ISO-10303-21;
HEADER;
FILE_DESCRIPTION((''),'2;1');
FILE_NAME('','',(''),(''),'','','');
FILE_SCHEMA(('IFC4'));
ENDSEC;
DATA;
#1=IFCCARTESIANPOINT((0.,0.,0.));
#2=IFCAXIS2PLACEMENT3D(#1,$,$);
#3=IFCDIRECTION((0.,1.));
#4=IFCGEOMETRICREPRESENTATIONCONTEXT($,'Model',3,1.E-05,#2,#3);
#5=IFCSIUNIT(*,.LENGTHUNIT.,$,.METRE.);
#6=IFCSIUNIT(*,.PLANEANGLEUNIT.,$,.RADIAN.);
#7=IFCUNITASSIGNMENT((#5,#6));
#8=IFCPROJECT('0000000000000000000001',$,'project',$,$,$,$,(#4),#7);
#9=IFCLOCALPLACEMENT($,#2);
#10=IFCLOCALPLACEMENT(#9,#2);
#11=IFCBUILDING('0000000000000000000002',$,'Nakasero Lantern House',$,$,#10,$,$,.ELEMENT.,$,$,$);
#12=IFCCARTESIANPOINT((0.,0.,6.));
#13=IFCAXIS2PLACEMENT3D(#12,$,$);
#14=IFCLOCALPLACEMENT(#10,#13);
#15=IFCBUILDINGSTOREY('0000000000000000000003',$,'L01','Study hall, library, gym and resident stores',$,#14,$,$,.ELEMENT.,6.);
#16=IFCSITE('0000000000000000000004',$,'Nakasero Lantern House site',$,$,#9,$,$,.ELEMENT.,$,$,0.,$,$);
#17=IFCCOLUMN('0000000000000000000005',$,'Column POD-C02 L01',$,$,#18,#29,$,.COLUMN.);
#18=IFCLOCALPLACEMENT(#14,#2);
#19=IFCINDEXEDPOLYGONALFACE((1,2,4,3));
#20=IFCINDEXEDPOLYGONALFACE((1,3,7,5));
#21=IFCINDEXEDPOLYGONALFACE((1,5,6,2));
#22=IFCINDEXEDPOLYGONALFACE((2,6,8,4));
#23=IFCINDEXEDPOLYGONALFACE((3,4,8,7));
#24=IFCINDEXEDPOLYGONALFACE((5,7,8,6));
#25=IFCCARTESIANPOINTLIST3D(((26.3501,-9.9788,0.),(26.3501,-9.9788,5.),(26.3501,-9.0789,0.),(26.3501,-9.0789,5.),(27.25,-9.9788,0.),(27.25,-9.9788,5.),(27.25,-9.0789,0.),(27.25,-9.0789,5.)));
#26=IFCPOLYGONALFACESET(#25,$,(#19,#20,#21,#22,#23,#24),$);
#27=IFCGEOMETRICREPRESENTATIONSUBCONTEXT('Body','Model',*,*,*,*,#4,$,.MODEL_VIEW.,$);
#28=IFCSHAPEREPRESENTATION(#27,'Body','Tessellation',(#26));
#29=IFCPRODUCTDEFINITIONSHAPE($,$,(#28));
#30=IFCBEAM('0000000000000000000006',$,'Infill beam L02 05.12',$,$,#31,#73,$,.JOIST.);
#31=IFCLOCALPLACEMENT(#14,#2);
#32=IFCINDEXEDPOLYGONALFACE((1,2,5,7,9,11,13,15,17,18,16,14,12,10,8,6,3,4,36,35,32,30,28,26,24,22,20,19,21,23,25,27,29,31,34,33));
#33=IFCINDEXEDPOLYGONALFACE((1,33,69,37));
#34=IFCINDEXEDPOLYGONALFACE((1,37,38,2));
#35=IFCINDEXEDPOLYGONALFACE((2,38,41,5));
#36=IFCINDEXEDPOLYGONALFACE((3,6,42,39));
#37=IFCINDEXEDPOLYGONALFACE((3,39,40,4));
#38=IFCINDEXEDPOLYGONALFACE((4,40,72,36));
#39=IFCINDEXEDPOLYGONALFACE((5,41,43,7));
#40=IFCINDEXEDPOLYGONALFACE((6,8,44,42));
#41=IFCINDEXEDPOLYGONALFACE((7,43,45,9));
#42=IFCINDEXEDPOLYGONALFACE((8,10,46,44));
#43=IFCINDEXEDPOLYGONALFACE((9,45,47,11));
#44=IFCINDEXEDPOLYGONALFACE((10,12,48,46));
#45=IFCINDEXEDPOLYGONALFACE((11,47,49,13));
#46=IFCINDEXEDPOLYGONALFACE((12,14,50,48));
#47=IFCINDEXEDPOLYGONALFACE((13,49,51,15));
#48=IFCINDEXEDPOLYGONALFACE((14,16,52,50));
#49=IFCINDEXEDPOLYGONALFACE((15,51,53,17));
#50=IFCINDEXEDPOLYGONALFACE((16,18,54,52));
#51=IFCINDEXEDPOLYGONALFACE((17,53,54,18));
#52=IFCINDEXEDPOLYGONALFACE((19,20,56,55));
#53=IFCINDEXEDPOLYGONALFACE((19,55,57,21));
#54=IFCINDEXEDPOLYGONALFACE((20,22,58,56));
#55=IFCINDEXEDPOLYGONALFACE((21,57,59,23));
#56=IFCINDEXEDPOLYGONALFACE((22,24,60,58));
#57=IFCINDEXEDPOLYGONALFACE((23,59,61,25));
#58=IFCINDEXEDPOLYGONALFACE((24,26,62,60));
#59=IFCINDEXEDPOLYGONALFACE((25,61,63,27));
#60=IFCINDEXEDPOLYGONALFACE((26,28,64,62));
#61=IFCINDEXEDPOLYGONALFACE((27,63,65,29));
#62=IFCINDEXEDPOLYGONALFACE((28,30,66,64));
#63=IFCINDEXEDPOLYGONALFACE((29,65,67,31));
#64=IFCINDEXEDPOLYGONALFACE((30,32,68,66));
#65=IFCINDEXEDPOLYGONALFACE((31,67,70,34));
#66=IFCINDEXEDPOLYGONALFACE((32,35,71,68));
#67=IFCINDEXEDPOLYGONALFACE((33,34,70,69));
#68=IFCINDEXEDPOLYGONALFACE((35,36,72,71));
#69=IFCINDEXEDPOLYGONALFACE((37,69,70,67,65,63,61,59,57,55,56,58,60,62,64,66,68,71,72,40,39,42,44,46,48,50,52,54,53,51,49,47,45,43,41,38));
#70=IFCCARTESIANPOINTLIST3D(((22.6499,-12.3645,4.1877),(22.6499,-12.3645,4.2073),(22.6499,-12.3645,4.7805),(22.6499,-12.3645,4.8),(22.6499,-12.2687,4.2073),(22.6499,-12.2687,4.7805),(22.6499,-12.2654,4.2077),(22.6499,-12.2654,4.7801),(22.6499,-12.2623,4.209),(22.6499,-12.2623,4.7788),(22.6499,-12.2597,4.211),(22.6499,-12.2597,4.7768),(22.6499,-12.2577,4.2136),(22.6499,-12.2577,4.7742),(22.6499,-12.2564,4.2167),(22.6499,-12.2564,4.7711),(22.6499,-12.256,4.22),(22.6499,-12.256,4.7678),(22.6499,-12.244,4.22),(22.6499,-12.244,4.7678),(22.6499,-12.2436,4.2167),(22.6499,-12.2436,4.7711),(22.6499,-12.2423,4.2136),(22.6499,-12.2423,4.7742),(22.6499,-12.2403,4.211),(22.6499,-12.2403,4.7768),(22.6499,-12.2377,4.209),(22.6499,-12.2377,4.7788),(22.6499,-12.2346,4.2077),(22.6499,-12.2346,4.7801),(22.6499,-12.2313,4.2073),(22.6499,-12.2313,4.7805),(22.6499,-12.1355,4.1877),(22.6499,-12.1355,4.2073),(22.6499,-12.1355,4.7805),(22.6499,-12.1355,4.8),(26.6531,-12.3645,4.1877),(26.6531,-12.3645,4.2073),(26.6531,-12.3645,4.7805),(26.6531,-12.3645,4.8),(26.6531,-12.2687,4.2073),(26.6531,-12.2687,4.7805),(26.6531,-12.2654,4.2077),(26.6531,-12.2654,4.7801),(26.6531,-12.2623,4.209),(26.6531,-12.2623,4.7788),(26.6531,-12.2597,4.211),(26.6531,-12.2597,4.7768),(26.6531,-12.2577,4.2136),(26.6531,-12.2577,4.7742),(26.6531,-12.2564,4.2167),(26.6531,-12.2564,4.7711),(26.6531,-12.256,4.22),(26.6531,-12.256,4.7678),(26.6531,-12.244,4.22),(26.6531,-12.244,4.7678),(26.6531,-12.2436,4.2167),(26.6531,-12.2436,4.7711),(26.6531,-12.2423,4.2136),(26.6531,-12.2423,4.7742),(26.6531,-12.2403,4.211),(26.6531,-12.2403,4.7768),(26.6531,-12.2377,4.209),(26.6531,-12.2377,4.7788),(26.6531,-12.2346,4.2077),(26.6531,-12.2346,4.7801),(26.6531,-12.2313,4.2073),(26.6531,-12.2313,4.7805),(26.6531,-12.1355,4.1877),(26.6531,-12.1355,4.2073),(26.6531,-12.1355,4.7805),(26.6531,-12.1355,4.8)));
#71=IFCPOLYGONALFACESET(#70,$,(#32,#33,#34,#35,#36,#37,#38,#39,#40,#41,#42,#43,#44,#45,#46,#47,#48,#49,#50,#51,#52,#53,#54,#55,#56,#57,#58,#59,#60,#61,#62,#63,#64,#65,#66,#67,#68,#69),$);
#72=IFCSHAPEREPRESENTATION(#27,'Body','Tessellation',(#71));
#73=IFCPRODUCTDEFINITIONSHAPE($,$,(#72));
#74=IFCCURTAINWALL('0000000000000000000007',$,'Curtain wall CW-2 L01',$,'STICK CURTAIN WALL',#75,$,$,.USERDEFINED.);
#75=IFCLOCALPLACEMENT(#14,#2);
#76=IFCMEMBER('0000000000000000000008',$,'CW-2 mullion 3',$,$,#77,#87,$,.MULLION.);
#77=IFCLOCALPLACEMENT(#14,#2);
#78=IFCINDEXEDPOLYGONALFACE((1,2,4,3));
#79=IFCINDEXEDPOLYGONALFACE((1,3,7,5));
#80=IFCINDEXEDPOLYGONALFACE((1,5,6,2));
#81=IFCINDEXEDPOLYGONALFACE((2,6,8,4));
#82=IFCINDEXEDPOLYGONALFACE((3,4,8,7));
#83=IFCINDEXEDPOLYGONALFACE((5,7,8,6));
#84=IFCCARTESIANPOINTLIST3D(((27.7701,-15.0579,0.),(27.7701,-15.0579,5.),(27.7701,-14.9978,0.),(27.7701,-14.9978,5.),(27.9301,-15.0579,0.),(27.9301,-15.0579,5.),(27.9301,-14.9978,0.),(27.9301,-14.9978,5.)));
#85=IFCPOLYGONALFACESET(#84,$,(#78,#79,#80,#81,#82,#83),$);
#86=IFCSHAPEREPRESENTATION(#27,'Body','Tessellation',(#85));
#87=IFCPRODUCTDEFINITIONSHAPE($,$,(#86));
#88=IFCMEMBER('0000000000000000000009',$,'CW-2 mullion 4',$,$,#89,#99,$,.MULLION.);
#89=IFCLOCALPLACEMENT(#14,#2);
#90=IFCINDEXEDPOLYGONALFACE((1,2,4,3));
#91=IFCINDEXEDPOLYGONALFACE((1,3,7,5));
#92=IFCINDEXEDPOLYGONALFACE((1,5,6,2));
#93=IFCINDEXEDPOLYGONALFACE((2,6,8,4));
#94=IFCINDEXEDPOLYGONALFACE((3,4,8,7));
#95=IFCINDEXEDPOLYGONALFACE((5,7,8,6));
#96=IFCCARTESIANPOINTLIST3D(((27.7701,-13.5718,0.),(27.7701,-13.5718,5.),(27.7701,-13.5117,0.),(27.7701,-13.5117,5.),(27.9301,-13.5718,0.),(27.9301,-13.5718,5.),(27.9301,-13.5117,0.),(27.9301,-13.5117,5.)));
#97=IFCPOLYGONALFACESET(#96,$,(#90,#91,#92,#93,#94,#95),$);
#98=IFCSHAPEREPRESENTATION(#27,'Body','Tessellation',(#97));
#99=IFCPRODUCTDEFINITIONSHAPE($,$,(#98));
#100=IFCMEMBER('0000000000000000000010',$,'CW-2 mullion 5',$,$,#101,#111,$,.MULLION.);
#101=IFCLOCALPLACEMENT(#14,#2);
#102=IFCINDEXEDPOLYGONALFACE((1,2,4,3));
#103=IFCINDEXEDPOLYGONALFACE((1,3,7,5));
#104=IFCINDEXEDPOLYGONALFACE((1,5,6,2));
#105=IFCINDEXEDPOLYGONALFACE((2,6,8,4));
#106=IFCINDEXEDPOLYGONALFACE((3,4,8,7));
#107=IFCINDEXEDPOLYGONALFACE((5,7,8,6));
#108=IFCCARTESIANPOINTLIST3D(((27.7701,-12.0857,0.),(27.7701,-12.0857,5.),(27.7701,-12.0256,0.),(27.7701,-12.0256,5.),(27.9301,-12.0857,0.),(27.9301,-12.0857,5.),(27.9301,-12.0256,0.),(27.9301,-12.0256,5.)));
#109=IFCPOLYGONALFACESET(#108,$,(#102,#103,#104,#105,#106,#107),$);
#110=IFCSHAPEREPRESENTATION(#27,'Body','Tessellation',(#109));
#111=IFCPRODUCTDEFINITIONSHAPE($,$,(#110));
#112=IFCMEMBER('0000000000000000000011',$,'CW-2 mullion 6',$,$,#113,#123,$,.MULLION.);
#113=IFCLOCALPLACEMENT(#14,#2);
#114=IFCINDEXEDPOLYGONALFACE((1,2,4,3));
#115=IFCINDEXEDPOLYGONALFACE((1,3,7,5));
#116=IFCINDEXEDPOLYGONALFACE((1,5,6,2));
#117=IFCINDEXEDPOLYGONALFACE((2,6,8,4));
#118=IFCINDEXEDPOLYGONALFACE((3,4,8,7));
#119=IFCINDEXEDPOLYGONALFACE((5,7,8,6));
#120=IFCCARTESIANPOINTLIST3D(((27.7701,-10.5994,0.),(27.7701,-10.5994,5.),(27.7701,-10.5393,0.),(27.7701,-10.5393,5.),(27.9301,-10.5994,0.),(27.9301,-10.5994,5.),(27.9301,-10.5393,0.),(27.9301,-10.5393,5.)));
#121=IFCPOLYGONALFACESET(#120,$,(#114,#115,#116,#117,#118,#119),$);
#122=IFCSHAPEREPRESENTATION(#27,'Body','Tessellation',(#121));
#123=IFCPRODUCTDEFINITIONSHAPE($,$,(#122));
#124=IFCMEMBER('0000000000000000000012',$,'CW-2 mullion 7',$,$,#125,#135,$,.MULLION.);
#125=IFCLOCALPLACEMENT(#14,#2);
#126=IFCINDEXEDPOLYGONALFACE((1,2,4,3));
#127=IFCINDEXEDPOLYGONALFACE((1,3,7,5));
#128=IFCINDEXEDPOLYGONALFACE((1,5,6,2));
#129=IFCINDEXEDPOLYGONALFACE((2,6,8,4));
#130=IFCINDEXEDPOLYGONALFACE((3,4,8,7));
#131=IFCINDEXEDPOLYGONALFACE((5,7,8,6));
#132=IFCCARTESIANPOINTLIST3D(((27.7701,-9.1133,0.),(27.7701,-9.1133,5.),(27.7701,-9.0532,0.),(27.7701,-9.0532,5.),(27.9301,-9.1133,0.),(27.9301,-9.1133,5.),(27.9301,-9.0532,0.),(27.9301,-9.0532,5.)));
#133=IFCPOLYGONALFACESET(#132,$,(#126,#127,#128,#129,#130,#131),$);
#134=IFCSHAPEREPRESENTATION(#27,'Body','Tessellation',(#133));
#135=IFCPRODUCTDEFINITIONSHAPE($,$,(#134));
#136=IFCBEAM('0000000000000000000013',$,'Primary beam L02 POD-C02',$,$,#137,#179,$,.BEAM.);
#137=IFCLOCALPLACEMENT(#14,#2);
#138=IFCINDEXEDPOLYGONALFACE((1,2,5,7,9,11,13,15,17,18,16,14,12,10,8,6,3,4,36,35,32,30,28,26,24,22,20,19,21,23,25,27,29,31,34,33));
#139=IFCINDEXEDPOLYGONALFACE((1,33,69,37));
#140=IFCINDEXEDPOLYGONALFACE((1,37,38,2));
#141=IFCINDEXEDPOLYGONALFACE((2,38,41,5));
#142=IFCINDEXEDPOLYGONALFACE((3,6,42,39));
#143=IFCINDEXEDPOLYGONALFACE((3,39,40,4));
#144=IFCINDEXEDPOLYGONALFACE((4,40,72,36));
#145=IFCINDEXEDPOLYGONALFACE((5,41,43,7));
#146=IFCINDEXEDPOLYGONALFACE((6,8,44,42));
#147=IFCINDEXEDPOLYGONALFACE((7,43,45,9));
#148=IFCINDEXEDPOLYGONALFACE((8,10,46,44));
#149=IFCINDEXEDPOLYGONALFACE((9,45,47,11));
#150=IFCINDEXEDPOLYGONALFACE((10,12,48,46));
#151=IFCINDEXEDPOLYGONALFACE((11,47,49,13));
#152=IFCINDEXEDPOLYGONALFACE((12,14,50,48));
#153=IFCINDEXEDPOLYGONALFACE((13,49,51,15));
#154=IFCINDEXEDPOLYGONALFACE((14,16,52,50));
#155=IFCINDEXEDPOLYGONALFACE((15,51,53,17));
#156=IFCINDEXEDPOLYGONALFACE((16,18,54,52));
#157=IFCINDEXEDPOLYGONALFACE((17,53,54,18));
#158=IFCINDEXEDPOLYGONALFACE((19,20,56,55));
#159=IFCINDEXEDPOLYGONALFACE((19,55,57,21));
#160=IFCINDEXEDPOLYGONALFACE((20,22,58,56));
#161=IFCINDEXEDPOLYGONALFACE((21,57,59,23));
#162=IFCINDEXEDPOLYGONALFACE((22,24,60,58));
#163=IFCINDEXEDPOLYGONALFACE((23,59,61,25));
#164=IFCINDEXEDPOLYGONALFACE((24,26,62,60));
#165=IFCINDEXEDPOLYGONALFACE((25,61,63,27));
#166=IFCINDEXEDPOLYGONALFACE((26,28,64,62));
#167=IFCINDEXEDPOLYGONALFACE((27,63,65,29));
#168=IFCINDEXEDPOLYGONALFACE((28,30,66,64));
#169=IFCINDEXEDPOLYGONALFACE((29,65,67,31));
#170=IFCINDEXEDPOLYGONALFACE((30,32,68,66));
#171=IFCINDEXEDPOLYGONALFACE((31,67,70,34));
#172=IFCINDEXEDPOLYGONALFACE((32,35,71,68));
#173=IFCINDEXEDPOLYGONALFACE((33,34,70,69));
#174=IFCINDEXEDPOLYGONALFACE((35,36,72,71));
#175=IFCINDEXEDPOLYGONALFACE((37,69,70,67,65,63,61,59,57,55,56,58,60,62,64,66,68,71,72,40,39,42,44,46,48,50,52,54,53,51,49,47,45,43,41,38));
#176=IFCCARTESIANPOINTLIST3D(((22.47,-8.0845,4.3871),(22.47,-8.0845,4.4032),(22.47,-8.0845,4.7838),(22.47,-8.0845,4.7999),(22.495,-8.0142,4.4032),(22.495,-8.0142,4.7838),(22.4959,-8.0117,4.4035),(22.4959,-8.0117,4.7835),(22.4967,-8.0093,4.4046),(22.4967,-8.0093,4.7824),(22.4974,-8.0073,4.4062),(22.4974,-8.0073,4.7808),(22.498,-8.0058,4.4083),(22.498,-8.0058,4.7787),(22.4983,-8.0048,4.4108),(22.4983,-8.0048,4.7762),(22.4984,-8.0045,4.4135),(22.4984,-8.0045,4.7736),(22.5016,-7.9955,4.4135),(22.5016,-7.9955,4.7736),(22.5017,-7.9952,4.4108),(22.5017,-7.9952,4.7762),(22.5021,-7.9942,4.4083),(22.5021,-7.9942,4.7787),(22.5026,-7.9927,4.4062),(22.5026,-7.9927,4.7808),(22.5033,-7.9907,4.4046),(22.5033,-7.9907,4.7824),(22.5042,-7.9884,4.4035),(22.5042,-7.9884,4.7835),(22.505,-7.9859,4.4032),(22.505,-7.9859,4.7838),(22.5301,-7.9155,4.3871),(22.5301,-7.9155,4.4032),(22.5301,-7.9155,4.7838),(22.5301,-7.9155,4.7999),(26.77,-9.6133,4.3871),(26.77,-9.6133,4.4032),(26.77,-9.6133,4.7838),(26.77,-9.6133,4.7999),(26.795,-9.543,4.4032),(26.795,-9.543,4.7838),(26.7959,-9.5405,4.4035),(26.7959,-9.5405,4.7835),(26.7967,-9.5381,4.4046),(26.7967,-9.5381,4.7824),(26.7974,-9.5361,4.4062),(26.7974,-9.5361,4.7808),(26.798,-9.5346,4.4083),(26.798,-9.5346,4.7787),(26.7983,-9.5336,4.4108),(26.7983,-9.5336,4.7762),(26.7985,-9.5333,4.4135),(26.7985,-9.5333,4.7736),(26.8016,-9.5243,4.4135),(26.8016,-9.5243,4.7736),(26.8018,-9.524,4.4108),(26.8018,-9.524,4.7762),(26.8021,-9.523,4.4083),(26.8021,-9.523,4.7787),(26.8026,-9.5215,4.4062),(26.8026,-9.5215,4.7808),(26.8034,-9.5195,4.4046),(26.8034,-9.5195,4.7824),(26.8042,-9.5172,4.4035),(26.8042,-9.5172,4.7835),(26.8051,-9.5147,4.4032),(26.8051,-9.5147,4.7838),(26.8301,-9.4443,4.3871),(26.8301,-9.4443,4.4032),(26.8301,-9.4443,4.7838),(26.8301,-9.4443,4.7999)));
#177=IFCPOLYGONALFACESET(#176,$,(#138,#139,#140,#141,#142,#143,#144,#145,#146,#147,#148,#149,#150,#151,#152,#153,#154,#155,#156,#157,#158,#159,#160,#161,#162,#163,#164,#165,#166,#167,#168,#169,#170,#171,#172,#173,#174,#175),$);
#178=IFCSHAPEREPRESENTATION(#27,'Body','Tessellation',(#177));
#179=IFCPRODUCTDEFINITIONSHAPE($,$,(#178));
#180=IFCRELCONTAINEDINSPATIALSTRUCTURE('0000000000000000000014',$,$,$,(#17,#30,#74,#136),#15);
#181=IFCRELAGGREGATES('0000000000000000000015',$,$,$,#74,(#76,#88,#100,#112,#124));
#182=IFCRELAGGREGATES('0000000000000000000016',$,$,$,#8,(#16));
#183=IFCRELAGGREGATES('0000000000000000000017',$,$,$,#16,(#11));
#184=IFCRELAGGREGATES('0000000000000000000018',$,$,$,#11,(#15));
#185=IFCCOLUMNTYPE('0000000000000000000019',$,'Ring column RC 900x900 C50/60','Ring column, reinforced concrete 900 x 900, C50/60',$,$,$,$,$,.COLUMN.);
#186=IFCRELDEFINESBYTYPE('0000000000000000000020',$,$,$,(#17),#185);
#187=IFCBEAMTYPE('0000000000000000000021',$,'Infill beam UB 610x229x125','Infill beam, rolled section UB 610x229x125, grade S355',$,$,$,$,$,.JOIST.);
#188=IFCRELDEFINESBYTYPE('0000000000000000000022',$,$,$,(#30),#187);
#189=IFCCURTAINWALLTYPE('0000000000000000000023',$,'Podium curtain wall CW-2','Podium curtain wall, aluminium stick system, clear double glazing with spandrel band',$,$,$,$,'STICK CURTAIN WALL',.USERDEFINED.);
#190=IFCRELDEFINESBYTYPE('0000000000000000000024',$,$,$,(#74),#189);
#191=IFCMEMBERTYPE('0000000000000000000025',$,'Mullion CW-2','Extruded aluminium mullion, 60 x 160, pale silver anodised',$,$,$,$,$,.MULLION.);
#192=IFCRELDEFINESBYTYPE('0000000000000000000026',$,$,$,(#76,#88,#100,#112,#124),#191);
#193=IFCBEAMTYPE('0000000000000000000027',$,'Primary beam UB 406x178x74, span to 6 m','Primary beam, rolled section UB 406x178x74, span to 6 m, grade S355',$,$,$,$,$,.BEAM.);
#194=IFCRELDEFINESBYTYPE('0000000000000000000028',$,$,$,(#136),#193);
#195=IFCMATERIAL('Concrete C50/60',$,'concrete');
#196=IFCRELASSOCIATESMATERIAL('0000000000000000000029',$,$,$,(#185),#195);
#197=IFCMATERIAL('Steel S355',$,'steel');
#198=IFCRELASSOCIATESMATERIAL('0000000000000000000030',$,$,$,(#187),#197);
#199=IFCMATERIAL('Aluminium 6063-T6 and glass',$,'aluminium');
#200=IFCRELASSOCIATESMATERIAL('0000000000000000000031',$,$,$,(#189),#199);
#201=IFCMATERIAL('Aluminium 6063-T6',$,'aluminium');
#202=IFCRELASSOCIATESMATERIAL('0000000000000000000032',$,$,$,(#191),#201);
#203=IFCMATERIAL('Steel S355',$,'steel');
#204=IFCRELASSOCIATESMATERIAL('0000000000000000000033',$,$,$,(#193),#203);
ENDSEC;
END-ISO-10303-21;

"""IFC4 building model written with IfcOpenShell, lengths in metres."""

from ifc_helpers import new_model, si_unit, direction, frame, origin, origin_2d, place, context, subcontext, project, spatial, rectangle, i_section, extrude, material, material_profile, profile_set, type_object, element, aggregate, save


model = new_model("IFC4")

# Units and contexts
model_context = context("Model", 3, precision=1e-05, world=origin(), true_north=direction((0.0, 1.0)))
body_context = subcontext(model_context, "Body", "Model", "MODEL_VIEW")
ifc_project = project(units=[si_unit("LENGTHUNIT", "METRE"), si_unit("PLANEANGLEUNIT", "RADIAN")], contexts=[model_context])

# Site, building, storey
site_placement = place(None, origin())
site = spatial("IfcSite", under=ifc_project, at=site_placement, Name="Nakasero Lantern House site", CompositionType="ELEMENT", RefElevation=0.0)
building_placement = place(site_placement, origin())
building = spatial("IfcBuilding", under=site, at=building_placement, Name="Nakasero Lantern House", CompositionType="ELEMENT")
storey_placement = place(building_placement, frame((0.0, 0.0, 6.0)))
storey = spatial("IfcBuildingStorey", under=building, at=storey_placement, Name="L01", Description="Study hall, library, gym and resident stores", CompositionType="ELEMENT", Elevation=6.0)

# Column
ifc_material_1 = material(Name="Concrete C50/60", Category="concrete")
ifc_material_profile_1 = material_profile(ifc_material_1, rectangle(XDim=0.8999, YDim=0.8999, at=origin_2d()), Name="RC 900x900")
ifc_profile_set_1 = profile_set([ifc_material_profile_1], Name="Concrete C50/60")
column_type = type_object("IfcColumnType", Name="Ring column RC 900x900 C50/60", Description="Ring column, reinforced concrete 900 x 900, C50/60", PredefinedType="COLUMN", material=ifc_profile_set_1)
column_placement = place(storey_placement, frame((26.8, -9.5288, 0.0), z_axis=(0.0, 0.0, 1.0), x_axis=(1.0, 0.0, 0.0)))
element("IfcColumn", 1, at=column_placement, inside=storey, type_object=column_type, Name="Column POD-C02 L01", PredefinedType="COLUMN", context=body_context, shape_type="SweptSolid", body=[
    extrude(rectangle(XDim=0.8999, YDim=0.8999, at=origin_2d()), origin(), (0.0, 0.0, 1.0), 5.0),
])

# Beam
ifc_material_2 = material(Name="Steel S355", Category="steel")
ifc_material_profile_2 = material_profile(ifc_material_2, i_section(OverallWidth=0.229, OverallDepth=0.6123, WebThickness=0.012, FlangeThickness=0.0195, FilletRadius=0.0127, at=origin_2d()), Name="UB 610x229x125")
ifc_profile_set_2 = profile_set([ifc_material_profile_2], Name="Steel S355")
beam_type_1 = type_object("IfcBeamType", Name="Infill beam UB 610x229x125", Description="Infill beam, rolled section UB 610x229x125, grade S355", PredefinedType="JOIST", material=ifc_profile_set_2)
beam_1_placement = place(storey_placement, frame((22.6499, -12.25, 4.4939), z_axis=(1.0, 0.0, 0.0), x_axis=(0.0, 1.0, 0.0)))
element("IfcBeam", 2, at=beam_1_placement, inside=storey, type_object=beam_type_1, Name="Infill beam L02 05.12", PredefinedType="JOIST", context=body_context, shape_type="SweptSolid", body=[
    extrude(i_section(OverallWidth=0.229, OverallDepth=0.6123, WebThickness=0.012, FlangeThickness=0.0195, FilletRadius=0.0127, at=origin_2d()), origin(), (0.0, 0.0, 1.0), 4.0032),
])

# Curtain wall, members
ifc_material_3 = material(Name="Aluminium 6063-T6 and glass", Category="aluminium")
curtain_wall_type = type_object("IfcCurtainWallType", Name="Podium curtain wall CW-2", Description="Podium curtain wall, aluminium stick system, clear double glazing with spandrel band", ElementType="STICK CURTAIN WALL", PredefinedType="USERDEFINED", material=ifc_material_3)
curtain_wall_placement = place(storey_placement, origin())
curtain_wall = element("IfcCurtainWall", 3, at=curtain_wall_placement, inside=storey, type_object=curtain_wall_type, Name="Curtain wall CW-2 L01", ObjectType="STICK CURTAIN WALL", PredefinedType="USERDEFINED")
ifc_material_4 = material(Name="Aluminium 6063-T6", Category="aluminium")
ifc_material_profile_3 = material_profile(ifc_material_4, rectangle(XDim=0.0601, YDim=0.1599, at=origin_2d()), Name="CW-2 mullion 60x160")
ifc_profile_set_3 = profile_set([ifc_material_profile_3], Name="Aluminium 6063-T6")
member_type_1 = type_object("IfcMemberType", Name="Mullion CW-2", Description="Extruded aluminium mullion, 60 x 160, pale silver anodised", PredefinedType="MULLION", material=ifc_profile_set_3)
member_1_placement = place(storey_placement, frame((27.8501, -15.0278, 0.0), z_axis=(0.0, 0.0, 1.0), x_axis=(0.0, 1.0, 0.0)))
member_1 = element("IfcMember", 4, at=member_1_placement, type_object=member_type_1, Name="CW-2 mullion 3", PredefinedType="MULLION", context=body_context, shape_type="SweptSolid", body=[
    extrude(rectangle(XDim=0.0601, YDim=0.1599, at=origin_2d()), origin(), (0.0, 0.0, 1.0), 5.0),
])
member_2_placement = place(storey_placement, frame((27.8501, -13.5417, 0.0), z_axis=(0.0, 0.0, 1.0), x_axis=(0.0, 1.0, 0.0)))
member_2 = element("IfcMember", 5, at=member_2_placement, type_object=member_type_1, Name="CW-2 mullion 4", PredefinedType="MULLION", context=body_context, shape_type="SweptSolid", body=[
    extrude(rectangle(XDim=0.0601, YDim=0.1599, at=origin_2d()), origin(), (0.0, 0.0, 1.0), 5.0),
])
member_3_placement = place(storey_placement, frame((27.8501, -12.0557, 0.0), z_axis=(0.0, 0.0, 1.0), x_axis=(0.0, 1.0, 0.0)))
member_3 = element("IfcMember", 6, at=member_3_placement, type_object=member_type_1, Name="CW-2 mullion 5", PredefinedType="MULLION", context=body_context, shape_type="SweptSolid", body=[
    extrude(rectangle(XDim=0.0601, YDim=0.1599, at=origin_2d()), origin(), (0.0, 0.0, 1.0), 5.0),
])
member_4_placement = place(storey_placement, frame((27.8501, -10.5693, 0.0), z_axis=(0.0, 0.0, 1.0), x_axis=(0.0, 1.0, 0.0)))
member_4 = element("IfcMember", 7, at=member_4_placement, type_object=member_type_1, Name="CW-2 mullion 6", PredefinedType="MULLION", context=body_context, shape_type="SweptSolid", body=[
    extrude(rectangle(XDim=0.0601, YDim=0.1599, at=origin_2d()), origin(), (0.0, 0.0, 1.0), 5.0),
])
member_5_placement = place(storey_placement, frame((27.8501, -9.0833, 0.0), z_axis=(0.0, 0.0, 1.0), x_axis=(0.0, 1.0, 0.0)))
member_5 = element("IfcMember", 8, at=member_5_placement, type_object=member_type_1, Name="CW-2 mullion 7", PredefinedType="MULLION", context=body_context, shape_type="SweptSolid", body=[
    extrude(rectangle(XDim=0.0601, YDim=0.1599, at=origin_2d()), origin(), (0.0, 0.0, 1.0), 5.0),
])

# Beam
ifc_material_5 = material(Name="Steel S355", Category="steel")
ifc_material_profile_4 = material_profile(ifc_material_5, i_section(OverallWidth=0.1794, OverallDepth=0.4128, WebThickness=0.0095, FlangeThickness=0.0161, FilletRadius=0.0103, at=origin_2d()), Name="UB 406x178x74")
ifc_profile_set_4 = profile_set([ifc_material_profile_4], Name="Steel S355")
beam_type_2 = type_object("IfcBeamType", Name="Primary beam UB 406x178x74, span to 6 m", Description="Primary beam, rolled section UB 406x178x74, span to 6 m, grade S355", PredefinedType="BEAM", material=ifc_profile_set_4)
beam_2_placement = place(storey_placement, frame((26.8, -9.5288, 4.5935), z_axis=(-0.942221, 0.334991, 0.0), x_axis=(-0.334991, -0.942221, 0.0)))
element("IfcBeam", 9, at=beam_2_placement, inside=storey, type_object=beam_type_2, Name="Primary beam L02 POD-C02", PredefinedType="BEAM", context=body_context, shape_type="SweptSolid", body=[
    extrude(i_section(OverallWidth=0.1794, OverallDepth=0.4128, WebThickness=0.0095, FlangeThickness=0.0161, FilletRadius=0.0103, at=origin_2d()), origin(), (0.0, 0.0, 1.0), 4.5637),
])

aggregate(curtain_wall, [member_1, member_2, member_3, member_4, member_5])

save(model, "model.ifc")
